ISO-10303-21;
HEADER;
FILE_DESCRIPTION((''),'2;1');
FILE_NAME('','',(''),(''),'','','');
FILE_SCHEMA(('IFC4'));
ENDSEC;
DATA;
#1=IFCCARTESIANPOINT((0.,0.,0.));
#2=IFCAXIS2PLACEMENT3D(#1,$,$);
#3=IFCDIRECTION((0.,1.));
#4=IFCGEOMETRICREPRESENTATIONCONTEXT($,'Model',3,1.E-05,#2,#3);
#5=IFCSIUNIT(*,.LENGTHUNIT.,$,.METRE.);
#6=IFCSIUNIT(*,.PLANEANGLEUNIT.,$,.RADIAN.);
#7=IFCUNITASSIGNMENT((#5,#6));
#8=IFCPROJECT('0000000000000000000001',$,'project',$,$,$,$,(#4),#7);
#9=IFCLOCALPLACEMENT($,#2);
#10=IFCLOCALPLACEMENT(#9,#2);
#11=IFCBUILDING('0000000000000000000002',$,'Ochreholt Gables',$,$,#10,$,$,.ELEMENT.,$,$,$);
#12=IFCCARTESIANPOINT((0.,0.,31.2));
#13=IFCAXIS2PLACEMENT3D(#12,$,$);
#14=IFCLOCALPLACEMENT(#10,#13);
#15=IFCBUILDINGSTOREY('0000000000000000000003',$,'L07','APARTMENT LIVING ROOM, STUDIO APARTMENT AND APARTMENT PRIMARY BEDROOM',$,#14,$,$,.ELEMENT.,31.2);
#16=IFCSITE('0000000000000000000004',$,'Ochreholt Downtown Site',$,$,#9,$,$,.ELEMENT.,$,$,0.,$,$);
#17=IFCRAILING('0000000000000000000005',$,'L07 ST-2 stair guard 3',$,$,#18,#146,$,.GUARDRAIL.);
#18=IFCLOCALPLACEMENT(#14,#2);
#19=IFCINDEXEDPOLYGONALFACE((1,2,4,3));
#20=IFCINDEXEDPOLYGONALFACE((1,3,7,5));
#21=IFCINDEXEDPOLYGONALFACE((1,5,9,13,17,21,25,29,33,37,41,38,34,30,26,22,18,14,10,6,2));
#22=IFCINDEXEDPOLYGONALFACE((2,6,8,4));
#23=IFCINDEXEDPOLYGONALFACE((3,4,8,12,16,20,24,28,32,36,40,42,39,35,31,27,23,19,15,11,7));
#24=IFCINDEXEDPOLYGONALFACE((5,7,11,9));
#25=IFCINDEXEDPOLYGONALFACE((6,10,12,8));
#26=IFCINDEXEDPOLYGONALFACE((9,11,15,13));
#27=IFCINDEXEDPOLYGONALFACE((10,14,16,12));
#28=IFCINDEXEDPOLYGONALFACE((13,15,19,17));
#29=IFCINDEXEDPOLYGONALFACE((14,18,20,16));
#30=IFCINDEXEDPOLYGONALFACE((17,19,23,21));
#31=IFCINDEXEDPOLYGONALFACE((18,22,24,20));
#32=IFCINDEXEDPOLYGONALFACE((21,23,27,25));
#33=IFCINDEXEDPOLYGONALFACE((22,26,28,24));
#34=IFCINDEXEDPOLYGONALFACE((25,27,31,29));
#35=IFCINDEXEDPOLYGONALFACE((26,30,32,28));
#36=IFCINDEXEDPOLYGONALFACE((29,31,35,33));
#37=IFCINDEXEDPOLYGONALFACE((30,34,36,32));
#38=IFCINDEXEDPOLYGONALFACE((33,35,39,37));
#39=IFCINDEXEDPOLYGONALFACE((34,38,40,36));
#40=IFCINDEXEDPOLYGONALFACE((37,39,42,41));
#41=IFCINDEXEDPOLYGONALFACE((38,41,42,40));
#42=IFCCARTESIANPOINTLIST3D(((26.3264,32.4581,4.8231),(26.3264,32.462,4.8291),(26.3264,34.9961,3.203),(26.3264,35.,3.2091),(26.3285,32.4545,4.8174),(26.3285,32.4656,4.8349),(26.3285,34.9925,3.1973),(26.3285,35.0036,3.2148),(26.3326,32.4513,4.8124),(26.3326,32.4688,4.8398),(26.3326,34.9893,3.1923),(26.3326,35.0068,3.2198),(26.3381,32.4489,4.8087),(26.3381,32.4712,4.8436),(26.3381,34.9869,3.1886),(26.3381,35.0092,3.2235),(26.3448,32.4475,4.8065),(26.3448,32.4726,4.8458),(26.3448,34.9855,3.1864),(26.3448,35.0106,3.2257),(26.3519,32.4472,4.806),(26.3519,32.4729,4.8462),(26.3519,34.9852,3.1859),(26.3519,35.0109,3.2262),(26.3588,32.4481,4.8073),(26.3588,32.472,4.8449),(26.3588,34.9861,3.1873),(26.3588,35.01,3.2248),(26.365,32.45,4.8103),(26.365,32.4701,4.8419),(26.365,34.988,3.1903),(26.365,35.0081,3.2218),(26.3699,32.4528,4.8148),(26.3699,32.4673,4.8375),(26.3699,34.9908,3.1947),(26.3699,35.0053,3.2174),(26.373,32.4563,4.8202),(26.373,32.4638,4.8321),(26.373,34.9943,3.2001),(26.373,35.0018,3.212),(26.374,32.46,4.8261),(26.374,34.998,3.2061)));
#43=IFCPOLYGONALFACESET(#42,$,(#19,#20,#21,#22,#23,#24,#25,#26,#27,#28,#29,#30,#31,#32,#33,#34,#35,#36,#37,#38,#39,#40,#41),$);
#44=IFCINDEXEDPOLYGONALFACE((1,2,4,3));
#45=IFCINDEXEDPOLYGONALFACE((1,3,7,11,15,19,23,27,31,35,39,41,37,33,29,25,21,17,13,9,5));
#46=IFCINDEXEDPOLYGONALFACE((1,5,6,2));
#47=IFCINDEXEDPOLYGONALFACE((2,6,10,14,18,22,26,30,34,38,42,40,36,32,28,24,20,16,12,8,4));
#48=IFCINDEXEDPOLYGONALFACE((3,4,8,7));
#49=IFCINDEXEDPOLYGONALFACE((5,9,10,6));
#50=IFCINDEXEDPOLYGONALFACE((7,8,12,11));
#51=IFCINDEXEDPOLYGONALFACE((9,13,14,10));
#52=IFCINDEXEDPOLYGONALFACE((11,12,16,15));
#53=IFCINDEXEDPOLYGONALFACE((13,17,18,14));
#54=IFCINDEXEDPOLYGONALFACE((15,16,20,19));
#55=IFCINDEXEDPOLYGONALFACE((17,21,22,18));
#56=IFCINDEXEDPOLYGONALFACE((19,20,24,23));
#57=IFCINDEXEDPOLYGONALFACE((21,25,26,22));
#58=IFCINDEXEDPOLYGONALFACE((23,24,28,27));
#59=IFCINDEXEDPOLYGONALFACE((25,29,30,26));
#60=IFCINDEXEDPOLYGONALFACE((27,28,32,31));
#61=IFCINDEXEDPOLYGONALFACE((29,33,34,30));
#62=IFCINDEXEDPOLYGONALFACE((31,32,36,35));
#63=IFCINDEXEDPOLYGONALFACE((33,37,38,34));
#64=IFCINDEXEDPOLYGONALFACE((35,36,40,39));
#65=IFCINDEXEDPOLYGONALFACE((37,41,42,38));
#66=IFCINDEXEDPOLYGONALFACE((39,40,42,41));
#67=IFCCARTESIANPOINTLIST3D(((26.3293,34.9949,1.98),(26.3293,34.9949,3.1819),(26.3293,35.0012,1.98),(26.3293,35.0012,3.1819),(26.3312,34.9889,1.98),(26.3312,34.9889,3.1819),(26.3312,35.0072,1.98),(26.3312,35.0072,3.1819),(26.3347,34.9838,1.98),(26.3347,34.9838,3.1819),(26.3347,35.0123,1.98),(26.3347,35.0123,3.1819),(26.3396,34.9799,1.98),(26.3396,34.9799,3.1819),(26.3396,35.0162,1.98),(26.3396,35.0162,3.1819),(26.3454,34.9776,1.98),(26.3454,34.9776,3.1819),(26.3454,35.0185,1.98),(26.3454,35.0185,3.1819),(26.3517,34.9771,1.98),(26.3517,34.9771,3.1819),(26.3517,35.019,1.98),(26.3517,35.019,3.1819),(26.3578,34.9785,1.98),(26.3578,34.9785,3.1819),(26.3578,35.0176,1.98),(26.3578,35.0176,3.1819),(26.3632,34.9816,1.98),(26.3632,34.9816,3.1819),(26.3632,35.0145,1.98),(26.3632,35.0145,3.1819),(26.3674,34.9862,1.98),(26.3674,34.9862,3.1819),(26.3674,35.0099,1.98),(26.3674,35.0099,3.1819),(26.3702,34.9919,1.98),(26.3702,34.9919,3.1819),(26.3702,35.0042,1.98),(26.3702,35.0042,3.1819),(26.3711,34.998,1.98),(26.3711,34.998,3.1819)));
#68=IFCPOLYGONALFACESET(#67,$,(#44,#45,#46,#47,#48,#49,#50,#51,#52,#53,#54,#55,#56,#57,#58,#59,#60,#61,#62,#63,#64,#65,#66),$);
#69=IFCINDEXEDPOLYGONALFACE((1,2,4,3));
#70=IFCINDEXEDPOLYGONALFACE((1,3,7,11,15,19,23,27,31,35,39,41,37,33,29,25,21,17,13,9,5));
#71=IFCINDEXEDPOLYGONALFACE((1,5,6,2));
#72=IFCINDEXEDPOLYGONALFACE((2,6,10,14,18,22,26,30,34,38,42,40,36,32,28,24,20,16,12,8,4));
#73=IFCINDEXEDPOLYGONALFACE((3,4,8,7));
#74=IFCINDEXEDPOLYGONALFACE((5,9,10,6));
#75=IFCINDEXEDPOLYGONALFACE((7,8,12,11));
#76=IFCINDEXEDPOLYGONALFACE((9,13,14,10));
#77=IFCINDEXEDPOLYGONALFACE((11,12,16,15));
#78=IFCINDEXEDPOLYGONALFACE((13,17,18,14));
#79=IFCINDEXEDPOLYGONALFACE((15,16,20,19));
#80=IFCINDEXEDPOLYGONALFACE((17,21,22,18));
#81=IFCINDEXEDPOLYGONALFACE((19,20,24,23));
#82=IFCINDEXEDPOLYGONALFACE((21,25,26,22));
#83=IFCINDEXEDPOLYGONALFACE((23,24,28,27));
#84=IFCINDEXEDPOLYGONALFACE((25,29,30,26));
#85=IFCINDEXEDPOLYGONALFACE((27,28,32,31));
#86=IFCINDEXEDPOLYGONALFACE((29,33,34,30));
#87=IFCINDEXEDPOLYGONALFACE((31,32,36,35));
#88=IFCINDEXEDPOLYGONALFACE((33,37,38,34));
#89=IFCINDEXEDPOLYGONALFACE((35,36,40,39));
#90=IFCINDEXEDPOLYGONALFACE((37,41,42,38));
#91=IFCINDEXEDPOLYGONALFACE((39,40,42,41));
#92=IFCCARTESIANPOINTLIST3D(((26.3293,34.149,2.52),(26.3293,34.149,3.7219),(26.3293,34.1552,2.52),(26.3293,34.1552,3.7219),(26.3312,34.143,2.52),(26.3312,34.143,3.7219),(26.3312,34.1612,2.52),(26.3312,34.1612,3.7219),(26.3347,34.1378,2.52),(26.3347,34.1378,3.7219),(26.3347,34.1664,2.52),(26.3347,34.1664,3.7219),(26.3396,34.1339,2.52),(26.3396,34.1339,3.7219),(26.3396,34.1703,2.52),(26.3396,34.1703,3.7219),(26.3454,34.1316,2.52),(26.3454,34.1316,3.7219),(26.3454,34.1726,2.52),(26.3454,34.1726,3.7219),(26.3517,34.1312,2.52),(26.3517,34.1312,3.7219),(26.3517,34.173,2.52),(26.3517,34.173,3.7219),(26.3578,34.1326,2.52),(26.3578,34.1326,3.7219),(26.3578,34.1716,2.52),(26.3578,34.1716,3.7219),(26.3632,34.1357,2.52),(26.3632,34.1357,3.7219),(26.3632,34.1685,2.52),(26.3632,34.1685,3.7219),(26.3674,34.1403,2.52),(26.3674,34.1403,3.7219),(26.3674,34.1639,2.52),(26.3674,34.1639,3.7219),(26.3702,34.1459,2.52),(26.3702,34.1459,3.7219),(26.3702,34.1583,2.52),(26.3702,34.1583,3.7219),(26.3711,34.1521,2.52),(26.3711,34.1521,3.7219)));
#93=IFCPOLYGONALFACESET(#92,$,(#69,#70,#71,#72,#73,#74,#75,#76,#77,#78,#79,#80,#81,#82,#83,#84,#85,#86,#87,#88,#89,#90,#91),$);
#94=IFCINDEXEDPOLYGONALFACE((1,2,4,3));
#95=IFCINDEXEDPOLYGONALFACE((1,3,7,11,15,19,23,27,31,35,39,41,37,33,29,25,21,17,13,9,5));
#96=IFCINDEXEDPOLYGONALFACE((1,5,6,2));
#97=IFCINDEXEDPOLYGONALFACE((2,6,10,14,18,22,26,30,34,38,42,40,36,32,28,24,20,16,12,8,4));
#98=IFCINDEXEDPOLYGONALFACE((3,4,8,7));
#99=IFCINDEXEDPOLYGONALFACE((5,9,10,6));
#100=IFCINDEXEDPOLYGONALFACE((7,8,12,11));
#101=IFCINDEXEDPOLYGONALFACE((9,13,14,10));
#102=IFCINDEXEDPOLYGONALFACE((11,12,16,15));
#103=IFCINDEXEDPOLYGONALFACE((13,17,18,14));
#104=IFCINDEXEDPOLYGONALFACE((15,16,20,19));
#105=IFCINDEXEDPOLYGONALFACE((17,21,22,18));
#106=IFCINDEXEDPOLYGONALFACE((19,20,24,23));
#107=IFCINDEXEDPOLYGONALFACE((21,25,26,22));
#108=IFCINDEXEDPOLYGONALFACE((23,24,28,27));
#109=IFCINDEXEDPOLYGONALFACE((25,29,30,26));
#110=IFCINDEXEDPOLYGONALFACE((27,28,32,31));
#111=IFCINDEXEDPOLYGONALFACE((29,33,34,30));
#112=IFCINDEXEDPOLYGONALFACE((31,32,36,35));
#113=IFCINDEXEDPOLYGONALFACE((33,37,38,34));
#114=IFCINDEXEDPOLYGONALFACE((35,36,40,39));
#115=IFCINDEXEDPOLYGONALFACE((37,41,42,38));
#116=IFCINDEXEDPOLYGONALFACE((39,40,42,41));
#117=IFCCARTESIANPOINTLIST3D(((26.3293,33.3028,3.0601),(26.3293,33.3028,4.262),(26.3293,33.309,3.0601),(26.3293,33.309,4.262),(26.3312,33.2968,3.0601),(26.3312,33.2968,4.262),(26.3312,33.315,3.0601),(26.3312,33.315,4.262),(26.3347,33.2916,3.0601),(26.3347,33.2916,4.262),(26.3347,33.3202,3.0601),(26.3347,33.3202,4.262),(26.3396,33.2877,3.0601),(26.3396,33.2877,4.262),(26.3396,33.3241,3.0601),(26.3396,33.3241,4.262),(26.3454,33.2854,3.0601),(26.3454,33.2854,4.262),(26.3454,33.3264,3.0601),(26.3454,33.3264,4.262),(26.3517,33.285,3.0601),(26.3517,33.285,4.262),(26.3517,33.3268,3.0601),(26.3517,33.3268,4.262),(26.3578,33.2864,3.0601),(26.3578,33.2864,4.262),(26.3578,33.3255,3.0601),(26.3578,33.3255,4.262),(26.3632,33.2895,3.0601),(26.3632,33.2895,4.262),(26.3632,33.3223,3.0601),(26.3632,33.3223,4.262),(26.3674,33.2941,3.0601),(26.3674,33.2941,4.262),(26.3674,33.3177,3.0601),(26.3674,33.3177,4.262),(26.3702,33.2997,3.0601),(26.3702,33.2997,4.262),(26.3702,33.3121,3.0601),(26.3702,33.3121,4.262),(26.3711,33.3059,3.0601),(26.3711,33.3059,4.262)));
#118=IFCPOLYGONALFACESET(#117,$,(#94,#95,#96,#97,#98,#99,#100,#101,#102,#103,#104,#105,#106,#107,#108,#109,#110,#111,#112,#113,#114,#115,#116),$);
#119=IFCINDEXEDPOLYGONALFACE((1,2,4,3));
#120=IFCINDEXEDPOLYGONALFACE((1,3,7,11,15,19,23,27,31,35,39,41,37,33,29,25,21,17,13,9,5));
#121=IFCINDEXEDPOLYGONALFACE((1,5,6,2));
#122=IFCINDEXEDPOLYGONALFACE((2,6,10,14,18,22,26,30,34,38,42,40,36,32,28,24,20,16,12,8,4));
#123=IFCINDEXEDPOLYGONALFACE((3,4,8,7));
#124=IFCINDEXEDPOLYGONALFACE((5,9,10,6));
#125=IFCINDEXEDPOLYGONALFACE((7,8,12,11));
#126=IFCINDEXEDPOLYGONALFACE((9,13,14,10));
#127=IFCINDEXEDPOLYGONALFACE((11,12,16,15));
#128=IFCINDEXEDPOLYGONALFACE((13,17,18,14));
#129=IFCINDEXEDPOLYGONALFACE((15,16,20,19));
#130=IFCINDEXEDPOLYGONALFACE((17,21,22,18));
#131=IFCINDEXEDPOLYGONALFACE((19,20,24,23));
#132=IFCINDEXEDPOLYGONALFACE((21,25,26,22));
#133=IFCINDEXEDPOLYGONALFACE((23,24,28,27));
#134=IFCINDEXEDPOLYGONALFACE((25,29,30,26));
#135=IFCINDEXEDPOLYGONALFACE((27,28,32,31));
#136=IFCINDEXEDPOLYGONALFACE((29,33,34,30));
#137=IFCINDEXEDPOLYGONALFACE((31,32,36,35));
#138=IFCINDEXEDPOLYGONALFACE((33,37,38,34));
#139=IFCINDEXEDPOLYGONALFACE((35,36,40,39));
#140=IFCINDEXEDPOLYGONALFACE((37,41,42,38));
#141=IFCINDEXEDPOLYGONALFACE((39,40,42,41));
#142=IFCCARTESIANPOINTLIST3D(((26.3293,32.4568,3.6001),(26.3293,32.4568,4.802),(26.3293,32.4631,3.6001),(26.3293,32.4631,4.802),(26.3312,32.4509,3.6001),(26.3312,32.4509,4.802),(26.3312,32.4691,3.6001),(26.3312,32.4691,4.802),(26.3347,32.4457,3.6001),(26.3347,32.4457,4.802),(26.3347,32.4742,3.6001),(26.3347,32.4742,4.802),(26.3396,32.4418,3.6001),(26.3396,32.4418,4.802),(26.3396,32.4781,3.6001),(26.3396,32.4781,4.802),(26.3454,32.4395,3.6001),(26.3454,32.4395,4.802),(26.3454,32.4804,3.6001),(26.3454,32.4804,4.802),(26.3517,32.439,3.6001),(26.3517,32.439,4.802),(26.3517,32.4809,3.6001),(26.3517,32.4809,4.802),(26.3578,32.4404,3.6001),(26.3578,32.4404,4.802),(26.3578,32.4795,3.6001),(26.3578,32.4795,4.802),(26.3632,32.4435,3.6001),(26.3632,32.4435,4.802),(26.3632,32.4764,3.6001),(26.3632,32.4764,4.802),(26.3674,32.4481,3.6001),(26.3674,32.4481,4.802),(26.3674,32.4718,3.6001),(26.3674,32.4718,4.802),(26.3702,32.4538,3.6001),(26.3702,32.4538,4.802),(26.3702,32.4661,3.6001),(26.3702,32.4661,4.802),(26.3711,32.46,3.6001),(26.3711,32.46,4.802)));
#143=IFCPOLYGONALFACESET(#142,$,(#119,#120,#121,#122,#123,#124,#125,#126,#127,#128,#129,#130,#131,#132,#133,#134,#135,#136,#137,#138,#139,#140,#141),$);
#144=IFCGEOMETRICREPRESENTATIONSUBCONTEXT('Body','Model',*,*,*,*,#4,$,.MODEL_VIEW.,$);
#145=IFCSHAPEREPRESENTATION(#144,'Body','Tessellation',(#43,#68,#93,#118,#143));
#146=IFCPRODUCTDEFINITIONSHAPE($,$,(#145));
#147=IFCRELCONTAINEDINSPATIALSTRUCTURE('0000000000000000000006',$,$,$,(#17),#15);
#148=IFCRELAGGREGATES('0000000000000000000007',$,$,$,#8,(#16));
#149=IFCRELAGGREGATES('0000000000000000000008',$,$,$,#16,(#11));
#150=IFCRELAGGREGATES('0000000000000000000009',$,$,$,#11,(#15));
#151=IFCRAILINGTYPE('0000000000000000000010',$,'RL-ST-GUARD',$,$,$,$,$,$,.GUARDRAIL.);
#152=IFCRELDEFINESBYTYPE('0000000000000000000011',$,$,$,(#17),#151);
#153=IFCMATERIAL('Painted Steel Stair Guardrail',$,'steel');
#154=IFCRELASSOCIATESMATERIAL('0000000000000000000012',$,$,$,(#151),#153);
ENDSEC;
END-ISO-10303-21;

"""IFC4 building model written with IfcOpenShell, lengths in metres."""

from ifc_helpers import new_model, si_unit, direction, frame, origin, origin_2d, place, context, subcontext, project, spatial, circle, extrude, material, type_object, element, save


model = new_model("IFC4")

# Units and contexts
model_context = context("Model", 3, precision=1e-05, world=origin(), true_north=direction((0.0, 1.0)))
body_context = subcontext(model_context, "Body", "Model", "MODEL_VIEW")
ifc_project = project(units=[si_unit("LENGTHUNIT", "METRE"), si_unit("PLANEANGLEUNIT", "RADIAN")], contexts=[model_context])

# Site, building, storey
site_placement = place(None, origin())
site = spatial("IfcSite", under=ifc_project, at=site_placement, Name="Ochreholt Downtown Site", CompositionType="ELEMENT", RefElevation=0.0)
building_placement = place(site_placement, origin())
building = spatial("IfcBuilding", under=site, at=building_placement, Name="Ochreholt Gables", CompositionType="ELEMENT")
storey_placement = place(building_placement, frame((0.0, 0.0, 31.2)))
storey = spatial("IfcBuildingStorey", under=building, at=storey_placement, Name="L07", Description="APARTMENT LIVING ROOM, STUDIO APARTMENT AND APARTMENT PRIMARY BEDROOM", CompositionType="ELEMENT", Elevation=31.2)

# Railing
ifc_material_1 = material(Name="Painted Steel Stair Guardrail", Category="steel")
railing_type_1 = type_object("IfcRailingType", Name="RL-ST-GUARD", PredefinedType="GUARDRAIL", material=ifc_material_1)
railing_1_placement = place(storey_placement, frame((26.3501, 34.998, 1.98)))
element("IfcRailing", 1, at=railing_1_placement, inside=storey, type_object=railing_type_1, Name="L07 ST-2 stair guard 3", PredefinedType="GUARDRAIL", context=body_context, shape_type="SweptSolid", body=[
    extrude(circle(Radius=0.0239, at=origin_2d()), frame((0.0, 0.0, 1.2261), z_axis=(0.0, -0.842913, 0.53805), x_axis=(1.0, 0.0, 0.0)), (0.0, 0.0, 1.0), 3.011),
    extrude(circle(Radius=0.021, at=origin_2d()), origin(), (0.0, 0.0, 1.0), 1.2019),
    extrude(circle(Radius=0.021, at=origin_2d()), frame((0.0, -0.8459, 0.54)), (0.0, 0.0, 1.0), 1.2019),
    extrude(circle(Radius=0.021, at=origin_2d()), frame((0.0, -1.6921, 1.0801)), (0.0, 0.0, 1.0), 1.2019),
    extrude(circle(Radius=0.021, at=origin_2d()), frame((0.0, -2.5381, 1.6201)), (0.0, 0.0, 1.0), 1.2019),
])

save(model, "model.ifc")
